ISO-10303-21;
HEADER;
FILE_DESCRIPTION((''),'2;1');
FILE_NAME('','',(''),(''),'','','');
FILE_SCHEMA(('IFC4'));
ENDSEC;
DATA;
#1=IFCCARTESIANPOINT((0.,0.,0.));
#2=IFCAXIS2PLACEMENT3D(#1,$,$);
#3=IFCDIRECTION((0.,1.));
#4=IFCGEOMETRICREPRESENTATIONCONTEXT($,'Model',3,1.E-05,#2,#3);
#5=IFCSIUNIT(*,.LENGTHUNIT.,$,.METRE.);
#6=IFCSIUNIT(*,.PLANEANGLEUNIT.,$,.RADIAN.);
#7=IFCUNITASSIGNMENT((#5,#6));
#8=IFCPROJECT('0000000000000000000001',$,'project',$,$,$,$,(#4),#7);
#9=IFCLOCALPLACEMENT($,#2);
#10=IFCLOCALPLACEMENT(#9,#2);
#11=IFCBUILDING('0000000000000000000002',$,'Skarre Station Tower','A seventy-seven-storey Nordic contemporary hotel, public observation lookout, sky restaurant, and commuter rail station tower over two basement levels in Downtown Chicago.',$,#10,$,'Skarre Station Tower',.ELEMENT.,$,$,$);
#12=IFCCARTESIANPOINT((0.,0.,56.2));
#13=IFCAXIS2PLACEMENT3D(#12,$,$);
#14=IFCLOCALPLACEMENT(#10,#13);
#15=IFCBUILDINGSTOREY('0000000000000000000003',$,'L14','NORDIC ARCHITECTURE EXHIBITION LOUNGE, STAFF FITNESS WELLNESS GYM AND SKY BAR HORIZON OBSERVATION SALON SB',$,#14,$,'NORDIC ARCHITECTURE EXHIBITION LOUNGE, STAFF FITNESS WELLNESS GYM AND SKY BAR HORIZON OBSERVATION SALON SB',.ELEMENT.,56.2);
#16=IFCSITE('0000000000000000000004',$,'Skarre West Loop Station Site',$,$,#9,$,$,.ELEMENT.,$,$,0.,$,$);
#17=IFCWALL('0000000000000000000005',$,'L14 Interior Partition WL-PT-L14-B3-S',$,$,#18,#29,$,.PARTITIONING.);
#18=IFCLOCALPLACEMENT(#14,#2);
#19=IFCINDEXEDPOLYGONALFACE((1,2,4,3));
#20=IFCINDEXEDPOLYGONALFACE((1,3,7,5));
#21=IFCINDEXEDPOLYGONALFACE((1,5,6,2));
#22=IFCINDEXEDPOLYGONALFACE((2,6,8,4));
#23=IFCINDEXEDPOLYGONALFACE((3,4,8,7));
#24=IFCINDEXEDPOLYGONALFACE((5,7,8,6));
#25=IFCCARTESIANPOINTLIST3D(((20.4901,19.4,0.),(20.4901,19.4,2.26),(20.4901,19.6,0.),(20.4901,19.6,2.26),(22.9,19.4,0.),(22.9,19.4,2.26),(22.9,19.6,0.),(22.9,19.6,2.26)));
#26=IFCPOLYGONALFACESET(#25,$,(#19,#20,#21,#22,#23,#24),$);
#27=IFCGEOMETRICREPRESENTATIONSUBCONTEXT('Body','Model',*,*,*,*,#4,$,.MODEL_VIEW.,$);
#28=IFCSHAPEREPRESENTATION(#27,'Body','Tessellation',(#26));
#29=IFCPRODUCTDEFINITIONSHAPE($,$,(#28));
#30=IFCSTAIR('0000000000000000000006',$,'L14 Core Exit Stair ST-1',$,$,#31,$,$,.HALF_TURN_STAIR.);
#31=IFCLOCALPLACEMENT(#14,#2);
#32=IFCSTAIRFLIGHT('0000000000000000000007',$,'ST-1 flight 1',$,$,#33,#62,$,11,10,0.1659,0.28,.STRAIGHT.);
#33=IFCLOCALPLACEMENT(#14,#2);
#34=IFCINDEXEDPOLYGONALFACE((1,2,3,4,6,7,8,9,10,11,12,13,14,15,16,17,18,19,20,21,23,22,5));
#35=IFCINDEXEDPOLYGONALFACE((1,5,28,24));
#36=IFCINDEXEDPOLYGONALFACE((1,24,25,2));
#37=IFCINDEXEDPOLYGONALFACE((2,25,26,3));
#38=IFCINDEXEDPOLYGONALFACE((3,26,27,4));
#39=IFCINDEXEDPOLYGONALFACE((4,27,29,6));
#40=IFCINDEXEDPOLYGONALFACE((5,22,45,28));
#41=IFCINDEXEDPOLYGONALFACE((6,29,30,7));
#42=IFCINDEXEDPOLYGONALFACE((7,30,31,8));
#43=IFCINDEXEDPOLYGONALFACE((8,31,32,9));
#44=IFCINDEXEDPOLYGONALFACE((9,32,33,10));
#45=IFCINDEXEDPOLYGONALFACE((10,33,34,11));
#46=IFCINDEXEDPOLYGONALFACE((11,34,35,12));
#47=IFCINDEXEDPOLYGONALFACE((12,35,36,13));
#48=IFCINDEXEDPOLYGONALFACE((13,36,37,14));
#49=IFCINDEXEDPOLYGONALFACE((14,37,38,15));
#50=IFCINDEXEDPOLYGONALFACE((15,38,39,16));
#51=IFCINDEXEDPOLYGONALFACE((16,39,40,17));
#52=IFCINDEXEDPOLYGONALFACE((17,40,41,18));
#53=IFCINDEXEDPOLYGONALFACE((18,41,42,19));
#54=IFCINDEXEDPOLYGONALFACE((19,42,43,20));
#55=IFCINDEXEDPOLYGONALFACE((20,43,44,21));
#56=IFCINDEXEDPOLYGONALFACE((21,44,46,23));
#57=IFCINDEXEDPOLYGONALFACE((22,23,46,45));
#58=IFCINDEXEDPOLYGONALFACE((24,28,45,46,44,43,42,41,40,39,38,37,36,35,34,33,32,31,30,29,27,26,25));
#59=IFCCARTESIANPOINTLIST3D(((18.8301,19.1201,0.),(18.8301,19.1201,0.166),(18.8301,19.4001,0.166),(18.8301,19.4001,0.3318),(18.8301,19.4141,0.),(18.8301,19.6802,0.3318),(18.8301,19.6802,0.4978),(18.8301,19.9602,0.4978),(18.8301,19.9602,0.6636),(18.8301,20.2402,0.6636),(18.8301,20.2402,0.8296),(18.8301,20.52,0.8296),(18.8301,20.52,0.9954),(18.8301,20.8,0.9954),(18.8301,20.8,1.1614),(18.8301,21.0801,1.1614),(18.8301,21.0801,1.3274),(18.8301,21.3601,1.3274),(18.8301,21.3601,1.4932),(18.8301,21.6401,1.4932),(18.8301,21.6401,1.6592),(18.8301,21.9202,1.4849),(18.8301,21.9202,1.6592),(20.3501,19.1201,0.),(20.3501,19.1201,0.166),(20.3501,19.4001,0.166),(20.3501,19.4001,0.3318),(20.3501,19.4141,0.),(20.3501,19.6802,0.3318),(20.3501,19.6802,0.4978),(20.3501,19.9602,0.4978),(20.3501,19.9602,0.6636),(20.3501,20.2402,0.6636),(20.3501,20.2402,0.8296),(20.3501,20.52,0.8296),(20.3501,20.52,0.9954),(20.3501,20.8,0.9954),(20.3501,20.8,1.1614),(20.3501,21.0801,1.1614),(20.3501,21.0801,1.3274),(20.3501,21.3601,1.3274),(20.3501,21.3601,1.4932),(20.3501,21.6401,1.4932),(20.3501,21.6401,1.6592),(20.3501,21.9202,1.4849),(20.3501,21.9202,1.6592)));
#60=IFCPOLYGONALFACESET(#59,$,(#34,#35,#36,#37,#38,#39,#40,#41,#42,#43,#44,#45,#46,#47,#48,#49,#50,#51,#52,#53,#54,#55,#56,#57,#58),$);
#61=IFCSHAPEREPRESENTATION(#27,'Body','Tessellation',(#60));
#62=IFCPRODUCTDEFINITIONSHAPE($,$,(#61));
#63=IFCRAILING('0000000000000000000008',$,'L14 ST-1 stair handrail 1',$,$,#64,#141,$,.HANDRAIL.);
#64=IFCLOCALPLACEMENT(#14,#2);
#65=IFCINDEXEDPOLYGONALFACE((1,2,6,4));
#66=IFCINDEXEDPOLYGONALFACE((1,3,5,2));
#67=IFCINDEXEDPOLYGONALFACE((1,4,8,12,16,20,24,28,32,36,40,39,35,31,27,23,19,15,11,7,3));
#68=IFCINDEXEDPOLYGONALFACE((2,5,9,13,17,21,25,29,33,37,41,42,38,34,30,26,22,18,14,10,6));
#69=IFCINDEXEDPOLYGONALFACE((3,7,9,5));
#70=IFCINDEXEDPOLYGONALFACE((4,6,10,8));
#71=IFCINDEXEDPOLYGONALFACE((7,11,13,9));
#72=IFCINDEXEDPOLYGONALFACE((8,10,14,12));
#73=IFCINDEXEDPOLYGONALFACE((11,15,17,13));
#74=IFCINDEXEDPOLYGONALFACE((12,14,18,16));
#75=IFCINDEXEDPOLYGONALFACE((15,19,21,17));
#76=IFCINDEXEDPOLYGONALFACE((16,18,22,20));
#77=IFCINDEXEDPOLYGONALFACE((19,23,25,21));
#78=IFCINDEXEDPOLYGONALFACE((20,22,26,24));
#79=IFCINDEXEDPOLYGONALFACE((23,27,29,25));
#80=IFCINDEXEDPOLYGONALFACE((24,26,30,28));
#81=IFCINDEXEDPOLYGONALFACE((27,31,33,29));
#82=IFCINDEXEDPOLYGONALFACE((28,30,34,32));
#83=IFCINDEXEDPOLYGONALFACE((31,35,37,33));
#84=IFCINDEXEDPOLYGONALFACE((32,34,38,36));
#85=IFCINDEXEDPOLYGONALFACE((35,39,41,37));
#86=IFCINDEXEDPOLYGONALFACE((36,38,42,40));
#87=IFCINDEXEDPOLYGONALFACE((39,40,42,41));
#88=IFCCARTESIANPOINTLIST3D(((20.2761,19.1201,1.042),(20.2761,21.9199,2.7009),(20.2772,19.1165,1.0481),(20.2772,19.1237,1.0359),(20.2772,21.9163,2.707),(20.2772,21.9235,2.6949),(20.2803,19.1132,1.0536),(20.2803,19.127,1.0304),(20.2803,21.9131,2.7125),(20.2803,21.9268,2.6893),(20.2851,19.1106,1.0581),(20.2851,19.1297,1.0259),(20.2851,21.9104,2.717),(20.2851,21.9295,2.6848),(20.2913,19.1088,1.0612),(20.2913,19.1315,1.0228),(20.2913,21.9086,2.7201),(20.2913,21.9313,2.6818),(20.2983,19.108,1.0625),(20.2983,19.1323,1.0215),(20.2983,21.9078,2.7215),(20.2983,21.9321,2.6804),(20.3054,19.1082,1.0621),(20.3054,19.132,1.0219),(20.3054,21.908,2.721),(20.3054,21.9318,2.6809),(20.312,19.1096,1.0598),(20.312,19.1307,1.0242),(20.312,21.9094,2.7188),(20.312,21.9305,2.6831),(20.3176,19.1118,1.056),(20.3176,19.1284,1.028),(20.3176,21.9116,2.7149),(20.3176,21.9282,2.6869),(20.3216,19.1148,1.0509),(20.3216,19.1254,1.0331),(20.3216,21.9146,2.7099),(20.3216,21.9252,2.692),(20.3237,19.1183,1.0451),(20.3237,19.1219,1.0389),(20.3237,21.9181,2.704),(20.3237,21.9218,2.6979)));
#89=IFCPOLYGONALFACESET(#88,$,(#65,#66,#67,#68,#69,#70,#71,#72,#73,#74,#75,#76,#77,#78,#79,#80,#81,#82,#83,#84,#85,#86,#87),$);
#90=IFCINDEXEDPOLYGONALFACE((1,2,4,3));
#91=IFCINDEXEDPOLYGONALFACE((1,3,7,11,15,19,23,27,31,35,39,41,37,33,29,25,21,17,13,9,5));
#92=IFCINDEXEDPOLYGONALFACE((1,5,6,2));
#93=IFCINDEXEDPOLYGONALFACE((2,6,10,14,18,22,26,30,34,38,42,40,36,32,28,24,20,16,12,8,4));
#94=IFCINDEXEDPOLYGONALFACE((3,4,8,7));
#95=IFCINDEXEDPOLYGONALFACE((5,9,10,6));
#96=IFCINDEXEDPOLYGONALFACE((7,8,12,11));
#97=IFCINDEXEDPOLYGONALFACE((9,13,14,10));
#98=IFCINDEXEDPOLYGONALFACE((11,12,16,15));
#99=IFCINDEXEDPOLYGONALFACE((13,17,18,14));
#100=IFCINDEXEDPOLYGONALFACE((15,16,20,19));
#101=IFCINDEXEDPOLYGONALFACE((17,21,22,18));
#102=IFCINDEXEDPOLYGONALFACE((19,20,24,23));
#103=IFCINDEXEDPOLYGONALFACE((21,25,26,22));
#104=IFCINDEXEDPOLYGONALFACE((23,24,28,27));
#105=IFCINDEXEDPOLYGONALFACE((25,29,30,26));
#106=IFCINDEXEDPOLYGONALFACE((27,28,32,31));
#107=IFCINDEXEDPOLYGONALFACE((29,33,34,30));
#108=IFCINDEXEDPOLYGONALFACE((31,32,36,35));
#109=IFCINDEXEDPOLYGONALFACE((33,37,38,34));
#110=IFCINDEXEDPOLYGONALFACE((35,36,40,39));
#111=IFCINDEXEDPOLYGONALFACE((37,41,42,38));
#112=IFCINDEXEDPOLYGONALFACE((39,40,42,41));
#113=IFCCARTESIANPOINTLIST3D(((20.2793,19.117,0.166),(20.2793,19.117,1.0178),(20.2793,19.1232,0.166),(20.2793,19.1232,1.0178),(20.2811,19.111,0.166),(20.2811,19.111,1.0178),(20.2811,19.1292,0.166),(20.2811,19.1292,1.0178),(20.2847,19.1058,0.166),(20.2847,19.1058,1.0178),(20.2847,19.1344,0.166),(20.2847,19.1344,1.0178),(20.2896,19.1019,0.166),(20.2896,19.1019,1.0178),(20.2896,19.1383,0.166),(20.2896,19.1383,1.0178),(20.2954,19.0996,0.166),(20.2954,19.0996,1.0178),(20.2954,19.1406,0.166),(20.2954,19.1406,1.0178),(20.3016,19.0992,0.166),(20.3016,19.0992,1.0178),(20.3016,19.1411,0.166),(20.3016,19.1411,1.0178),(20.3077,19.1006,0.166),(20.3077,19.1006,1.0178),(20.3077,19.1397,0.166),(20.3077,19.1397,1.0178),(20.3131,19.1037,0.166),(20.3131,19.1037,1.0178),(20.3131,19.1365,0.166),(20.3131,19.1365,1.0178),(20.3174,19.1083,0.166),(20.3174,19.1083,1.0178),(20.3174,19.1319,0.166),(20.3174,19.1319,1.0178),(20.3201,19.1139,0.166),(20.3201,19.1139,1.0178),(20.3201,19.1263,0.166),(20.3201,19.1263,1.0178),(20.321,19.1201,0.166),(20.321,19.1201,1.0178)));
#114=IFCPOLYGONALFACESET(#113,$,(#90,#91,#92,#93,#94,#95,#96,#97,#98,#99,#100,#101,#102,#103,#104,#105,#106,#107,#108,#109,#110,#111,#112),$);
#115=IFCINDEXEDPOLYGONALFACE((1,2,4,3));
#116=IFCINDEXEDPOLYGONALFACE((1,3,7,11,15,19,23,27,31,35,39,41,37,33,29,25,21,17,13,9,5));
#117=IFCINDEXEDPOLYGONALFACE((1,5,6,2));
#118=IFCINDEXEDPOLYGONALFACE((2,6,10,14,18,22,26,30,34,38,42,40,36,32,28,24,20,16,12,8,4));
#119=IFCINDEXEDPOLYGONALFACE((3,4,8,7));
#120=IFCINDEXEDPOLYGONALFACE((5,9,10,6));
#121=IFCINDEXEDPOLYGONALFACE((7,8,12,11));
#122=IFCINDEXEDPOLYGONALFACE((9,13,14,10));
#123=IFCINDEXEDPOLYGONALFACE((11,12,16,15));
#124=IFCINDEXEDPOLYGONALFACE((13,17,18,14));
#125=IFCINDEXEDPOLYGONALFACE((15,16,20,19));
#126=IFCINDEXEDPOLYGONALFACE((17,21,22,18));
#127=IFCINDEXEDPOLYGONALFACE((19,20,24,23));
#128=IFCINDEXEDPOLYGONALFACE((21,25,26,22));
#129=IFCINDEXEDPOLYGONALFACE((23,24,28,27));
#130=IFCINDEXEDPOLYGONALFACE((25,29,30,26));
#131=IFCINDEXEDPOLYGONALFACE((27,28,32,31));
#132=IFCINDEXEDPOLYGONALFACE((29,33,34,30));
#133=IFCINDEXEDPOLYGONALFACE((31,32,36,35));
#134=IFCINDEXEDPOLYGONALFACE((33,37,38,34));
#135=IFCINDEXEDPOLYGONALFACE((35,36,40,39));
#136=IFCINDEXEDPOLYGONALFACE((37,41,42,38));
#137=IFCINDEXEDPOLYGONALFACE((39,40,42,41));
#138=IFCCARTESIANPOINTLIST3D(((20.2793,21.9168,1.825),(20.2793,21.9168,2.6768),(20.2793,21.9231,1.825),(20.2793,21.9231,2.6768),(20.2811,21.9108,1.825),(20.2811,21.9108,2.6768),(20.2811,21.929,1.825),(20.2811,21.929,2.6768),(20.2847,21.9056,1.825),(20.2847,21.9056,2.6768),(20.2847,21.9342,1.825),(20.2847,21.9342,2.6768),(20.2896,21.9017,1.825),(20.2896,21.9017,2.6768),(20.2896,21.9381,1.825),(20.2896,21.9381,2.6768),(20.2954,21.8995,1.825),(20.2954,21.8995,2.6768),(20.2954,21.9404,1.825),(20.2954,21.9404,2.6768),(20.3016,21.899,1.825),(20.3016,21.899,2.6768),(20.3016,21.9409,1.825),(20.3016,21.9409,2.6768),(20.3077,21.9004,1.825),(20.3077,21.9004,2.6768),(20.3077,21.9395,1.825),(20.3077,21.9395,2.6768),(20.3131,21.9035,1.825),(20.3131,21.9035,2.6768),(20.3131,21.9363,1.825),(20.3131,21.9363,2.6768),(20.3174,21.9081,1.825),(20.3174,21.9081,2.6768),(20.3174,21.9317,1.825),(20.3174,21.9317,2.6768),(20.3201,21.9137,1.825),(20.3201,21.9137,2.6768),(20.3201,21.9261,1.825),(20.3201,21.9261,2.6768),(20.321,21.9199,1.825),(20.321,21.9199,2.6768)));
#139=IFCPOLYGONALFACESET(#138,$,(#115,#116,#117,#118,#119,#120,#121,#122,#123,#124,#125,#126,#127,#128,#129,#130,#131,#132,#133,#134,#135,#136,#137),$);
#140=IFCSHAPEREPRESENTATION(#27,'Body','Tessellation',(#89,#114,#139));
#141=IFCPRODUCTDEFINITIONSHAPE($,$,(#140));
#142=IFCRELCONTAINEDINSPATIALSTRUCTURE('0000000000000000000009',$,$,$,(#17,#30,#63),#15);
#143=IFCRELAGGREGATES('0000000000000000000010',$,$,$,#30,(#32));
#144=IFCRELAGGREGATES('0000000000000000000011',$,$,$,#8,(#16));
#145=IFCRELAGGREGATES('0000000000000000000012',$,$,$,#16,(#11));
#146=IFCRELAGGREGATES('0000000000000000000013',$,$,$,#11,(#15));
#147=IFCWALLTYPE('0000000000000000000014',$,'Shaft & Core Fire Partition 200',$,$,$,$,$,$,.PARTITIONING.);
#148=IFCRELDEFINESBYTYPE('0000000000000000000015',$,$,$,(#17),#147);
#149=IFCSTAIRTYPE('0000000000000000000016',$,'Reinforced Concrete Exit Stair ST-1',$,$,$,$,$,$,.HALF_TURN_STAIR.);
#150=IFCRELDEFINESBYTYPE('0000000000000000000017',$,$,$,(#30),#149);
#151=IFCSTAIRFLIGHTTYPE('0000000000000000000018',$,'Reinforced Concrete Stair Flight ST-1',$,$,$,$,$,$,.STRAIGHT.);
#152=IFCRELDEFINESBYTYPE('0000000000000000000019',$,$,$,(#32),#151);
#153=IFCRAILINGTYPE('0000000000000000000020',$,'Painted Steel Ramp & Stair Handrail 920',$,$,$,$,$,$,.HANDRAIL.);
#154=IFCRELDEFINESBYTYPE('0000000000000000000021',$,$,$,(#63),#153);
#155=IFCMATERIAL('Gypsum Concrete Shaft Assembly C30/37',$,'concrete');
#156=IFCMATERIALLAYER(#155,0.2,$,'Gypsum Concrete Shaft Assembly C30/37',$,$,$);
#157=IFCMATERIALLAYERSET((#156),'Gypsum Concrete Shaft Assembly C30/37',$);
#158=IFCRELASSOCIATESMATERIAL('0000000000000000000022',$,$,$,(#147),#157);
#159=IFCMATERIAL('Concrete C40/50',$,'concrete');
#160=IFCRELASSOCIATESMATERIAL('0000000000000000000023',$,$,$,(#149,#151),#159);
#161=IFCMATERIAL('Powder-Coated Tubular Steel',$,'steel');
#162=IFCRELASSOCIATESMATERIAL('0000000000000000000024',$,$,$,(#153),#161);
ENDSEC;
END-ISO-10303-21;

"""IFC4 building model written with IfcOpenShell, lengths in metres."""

from ifc_helpers import new_model, si_unit, direction, frame, frame_2d, origin, origin_2d, place, context, subcontext, project, spatial, polyline, rectangle, circle, outline, extrude, material, layer, layer_set, type_object, element, aggregate, save


model = new_model("IFC4")

# Units and contexts
model_context = context("Model", 3, precision=1e-05, world=origin(), true_north=direction((0.0, 1.0)))
body_context = subcontext(model_context, "Body", "Model", "MODEL_VIEW")
ifc_project = project(units=[si_unit("LENGTHUNIT", "METRE"), si_unit("PLANEANGLEUNIT", "RADIAN")], contexts=[model_context])

# Site, building, storey
site_placement = place(None, origin())
site = spatial("IfcSite", under=ifc_project, at=site_placement, Name="Skarre West Loop Station Site", CompositionType="ELEMENT", RefElevation=0.0)
building_placement = place(site_placement, origin())
building = spatial("IfcBuilding", under=site, at=building_placement, Name="Skarre Station Tower", Description="A seventy-seven-storey Nordic contemporary hotel, public observation lookout, sky restaurant, and commuter rail station tower over two basement levels in Downtown Chicago.", LongName="Skarre Station Tower", CompositionType="ELEMENT")
storey_placement = place(building_placement, frame((0.0, 0.0, 56.2)))
storey = spatial("IfcBuildingStorey", under=building, at=storey_placement, Name="L14", Description="NORDIC ARCHITECTURE EXHIBITION LOUNGE, STAFF FITNESS WELLNESS GYM AND SKY BAR HORIZON OBSERVATION SALON SB", LongName="NORDIC ARCHITECTURE EXHIBITION LOUNGE, STAFF FITNESS WELLNESS GYM AND SKY BAR HORIZON OBSERVATION SALON SB", CompositionType="ELEMENT", Elevation=56.2)

# Wall
ifc_material_1 = material(Name="Gypsum Concrete Shaft Assembly C30/37", Category="concrete")
ifc_layer_1 = layer(ifc_material_1, 0.2, Name="Gypsum Concrete Shaft Assembly C30/37")
ifc_layer_set_1 = layer_set([ifc_layer_1], Name="Gypsum Concrete Shaft Assembly C30/37")
wall_type_1 = type_object("IfcWallType", Name="Shaft & Core Fire Partition 200", PredefinedType="PARTITIONING", material=ifc_layer_set_1)
wall_1_placement = place(storey_placement, frame((20.49, 19.5, 0.0), z_axis=(0.0, 0.0, 1.0), x_axis=(1.0, 0.0, 0.0)))
element("IfcWall", 1, at=wall_1_placement, inside=storey, type_object=wall_type_1, Name="L14 Interior Partition WL-PT-L14-B3-S", PredefinedType="PARTITIONING", context=body_context, shape_type="SweptSolid", body=[
    extrude(rectangle(XDim=2.4099, YDim=0.2, at=frame_2d((1.2051, 0.0))), origin(), (0.0, 0.0, 1.0), 2.26),
])

# Stair, stair flight
ifc_material_2 = material(Name="Concrete C40/50", Category="concrete")
stair_type = type_object("IfcStairType", Name="Reinforced Concrete Exit Stair ST-1", PredefinedType="HALF_TURN_STAIR", material=ifc_material_2)
stair_placement = place(storey_placement, origin())
stair = element("IfcStair", 2, at=stair_placement, inside=storey, type_object=stair_type, Name="L14 Core Exit Stair ST-1", PredefinedType="HALF_TURN_STAIR")
stair_flight_type = type_object("IfcStairFlightType", Name="Reinforced Concrete Stair Flight ST-1", PredefinedType="STRAIGHT", material=ifc_material_2)
stair_flight_placement = place(storey_placement, frame((19.5901, 19.1201, 0.0), z_axis=(0.0, 0.0, 1.0), x_axis=(0.0, 1.0, 0.0)))
stair_flight = element("IfcStairFlight", 3, at=stair_flight_placement, type_object=stair_flight_type, Name="ST-1 flight 1", NumberOfRisers=11, NumberOfTreads=10, PredefinedType="STRAIGHT", RiserHeight=0.1659, TreadLength=0.28, context=body_context, shape_type="SweptSolid", body=[
    extrude(outline(polyline([(0.0, 0.0), (0.0, 0.166), (0.28, 0.166), (0.28, 0.3318), (0.5601, 0.3318), (0.5601, 0.4978), (0.8401, 0.4978), (0.8401, 0.6636), (1.1201, 0.6636), (1.1201, 0.8296), (1.3999, 0.8296), (1.3999, 0.9954), (1.6799, 0.9954), (1.6799, 1.1614), (1.96, 1.1614), (1.96, 1.3274), (2.24, 1.3274), (2.24, 1.4932), (2.52, 1.4932), (2.52, 1.6592), (2.8, 1.6592), (2.8, 1.825), (2.8, 1.4849), (0.2939, 0.0), (0.0, 0.0)])), frame((0.0, 0.76, 0.0), z_axis=(0.0, -1.0, 0.0), x_axis=(1.0, 0.0, 0.0)), (0.0, 0.0, 1.0), 1.52),
])
aggregate(stair, [stair_flight])

# Railing
ifc_material_3 = material(Name="Powder-Coated Tubular Steel", Category="steel")
railing_type_1 = type_object("IfcRailingType", Name="Painted Steel Ramp & Stair Handrail 920", PredefinedType="HANDRAIL", material=ifc_material_3)
railing_1_placement = place(storey_placement, frame((20.3, 19.1201, 0.166)))
element("IfcRailing", 4, at=railing_1_placement, inside=storey, type_object=railing_type_1, Name="L14 ST-1 stair handrail 1", PredefinedType="HANDRAIL", context=body_context, shape_type="SweptSolid", body=[
    extrude(circle(Radius=0.0239, at=origin_2d()), frame((0.0, 0.0, 0.876), z_axis=(0.0, 0.86032, 0.509755), x_axis=(-1.0, 0.0, 0.0)), (0.0, 0.0, 1.0), 3.2544),
    extrude(circle(Radius=0.021, at=origin_2d()), origin(), (0.0, 0.0, 1.0), 0.8518),
    extrude(circle(Radius=0.021, at=origin_2d()), frame((0.0, 2.7998, 1.6589)), (0.0, 0.0, 1.0), 0.8518),
])

save(model, "model.ifc")
